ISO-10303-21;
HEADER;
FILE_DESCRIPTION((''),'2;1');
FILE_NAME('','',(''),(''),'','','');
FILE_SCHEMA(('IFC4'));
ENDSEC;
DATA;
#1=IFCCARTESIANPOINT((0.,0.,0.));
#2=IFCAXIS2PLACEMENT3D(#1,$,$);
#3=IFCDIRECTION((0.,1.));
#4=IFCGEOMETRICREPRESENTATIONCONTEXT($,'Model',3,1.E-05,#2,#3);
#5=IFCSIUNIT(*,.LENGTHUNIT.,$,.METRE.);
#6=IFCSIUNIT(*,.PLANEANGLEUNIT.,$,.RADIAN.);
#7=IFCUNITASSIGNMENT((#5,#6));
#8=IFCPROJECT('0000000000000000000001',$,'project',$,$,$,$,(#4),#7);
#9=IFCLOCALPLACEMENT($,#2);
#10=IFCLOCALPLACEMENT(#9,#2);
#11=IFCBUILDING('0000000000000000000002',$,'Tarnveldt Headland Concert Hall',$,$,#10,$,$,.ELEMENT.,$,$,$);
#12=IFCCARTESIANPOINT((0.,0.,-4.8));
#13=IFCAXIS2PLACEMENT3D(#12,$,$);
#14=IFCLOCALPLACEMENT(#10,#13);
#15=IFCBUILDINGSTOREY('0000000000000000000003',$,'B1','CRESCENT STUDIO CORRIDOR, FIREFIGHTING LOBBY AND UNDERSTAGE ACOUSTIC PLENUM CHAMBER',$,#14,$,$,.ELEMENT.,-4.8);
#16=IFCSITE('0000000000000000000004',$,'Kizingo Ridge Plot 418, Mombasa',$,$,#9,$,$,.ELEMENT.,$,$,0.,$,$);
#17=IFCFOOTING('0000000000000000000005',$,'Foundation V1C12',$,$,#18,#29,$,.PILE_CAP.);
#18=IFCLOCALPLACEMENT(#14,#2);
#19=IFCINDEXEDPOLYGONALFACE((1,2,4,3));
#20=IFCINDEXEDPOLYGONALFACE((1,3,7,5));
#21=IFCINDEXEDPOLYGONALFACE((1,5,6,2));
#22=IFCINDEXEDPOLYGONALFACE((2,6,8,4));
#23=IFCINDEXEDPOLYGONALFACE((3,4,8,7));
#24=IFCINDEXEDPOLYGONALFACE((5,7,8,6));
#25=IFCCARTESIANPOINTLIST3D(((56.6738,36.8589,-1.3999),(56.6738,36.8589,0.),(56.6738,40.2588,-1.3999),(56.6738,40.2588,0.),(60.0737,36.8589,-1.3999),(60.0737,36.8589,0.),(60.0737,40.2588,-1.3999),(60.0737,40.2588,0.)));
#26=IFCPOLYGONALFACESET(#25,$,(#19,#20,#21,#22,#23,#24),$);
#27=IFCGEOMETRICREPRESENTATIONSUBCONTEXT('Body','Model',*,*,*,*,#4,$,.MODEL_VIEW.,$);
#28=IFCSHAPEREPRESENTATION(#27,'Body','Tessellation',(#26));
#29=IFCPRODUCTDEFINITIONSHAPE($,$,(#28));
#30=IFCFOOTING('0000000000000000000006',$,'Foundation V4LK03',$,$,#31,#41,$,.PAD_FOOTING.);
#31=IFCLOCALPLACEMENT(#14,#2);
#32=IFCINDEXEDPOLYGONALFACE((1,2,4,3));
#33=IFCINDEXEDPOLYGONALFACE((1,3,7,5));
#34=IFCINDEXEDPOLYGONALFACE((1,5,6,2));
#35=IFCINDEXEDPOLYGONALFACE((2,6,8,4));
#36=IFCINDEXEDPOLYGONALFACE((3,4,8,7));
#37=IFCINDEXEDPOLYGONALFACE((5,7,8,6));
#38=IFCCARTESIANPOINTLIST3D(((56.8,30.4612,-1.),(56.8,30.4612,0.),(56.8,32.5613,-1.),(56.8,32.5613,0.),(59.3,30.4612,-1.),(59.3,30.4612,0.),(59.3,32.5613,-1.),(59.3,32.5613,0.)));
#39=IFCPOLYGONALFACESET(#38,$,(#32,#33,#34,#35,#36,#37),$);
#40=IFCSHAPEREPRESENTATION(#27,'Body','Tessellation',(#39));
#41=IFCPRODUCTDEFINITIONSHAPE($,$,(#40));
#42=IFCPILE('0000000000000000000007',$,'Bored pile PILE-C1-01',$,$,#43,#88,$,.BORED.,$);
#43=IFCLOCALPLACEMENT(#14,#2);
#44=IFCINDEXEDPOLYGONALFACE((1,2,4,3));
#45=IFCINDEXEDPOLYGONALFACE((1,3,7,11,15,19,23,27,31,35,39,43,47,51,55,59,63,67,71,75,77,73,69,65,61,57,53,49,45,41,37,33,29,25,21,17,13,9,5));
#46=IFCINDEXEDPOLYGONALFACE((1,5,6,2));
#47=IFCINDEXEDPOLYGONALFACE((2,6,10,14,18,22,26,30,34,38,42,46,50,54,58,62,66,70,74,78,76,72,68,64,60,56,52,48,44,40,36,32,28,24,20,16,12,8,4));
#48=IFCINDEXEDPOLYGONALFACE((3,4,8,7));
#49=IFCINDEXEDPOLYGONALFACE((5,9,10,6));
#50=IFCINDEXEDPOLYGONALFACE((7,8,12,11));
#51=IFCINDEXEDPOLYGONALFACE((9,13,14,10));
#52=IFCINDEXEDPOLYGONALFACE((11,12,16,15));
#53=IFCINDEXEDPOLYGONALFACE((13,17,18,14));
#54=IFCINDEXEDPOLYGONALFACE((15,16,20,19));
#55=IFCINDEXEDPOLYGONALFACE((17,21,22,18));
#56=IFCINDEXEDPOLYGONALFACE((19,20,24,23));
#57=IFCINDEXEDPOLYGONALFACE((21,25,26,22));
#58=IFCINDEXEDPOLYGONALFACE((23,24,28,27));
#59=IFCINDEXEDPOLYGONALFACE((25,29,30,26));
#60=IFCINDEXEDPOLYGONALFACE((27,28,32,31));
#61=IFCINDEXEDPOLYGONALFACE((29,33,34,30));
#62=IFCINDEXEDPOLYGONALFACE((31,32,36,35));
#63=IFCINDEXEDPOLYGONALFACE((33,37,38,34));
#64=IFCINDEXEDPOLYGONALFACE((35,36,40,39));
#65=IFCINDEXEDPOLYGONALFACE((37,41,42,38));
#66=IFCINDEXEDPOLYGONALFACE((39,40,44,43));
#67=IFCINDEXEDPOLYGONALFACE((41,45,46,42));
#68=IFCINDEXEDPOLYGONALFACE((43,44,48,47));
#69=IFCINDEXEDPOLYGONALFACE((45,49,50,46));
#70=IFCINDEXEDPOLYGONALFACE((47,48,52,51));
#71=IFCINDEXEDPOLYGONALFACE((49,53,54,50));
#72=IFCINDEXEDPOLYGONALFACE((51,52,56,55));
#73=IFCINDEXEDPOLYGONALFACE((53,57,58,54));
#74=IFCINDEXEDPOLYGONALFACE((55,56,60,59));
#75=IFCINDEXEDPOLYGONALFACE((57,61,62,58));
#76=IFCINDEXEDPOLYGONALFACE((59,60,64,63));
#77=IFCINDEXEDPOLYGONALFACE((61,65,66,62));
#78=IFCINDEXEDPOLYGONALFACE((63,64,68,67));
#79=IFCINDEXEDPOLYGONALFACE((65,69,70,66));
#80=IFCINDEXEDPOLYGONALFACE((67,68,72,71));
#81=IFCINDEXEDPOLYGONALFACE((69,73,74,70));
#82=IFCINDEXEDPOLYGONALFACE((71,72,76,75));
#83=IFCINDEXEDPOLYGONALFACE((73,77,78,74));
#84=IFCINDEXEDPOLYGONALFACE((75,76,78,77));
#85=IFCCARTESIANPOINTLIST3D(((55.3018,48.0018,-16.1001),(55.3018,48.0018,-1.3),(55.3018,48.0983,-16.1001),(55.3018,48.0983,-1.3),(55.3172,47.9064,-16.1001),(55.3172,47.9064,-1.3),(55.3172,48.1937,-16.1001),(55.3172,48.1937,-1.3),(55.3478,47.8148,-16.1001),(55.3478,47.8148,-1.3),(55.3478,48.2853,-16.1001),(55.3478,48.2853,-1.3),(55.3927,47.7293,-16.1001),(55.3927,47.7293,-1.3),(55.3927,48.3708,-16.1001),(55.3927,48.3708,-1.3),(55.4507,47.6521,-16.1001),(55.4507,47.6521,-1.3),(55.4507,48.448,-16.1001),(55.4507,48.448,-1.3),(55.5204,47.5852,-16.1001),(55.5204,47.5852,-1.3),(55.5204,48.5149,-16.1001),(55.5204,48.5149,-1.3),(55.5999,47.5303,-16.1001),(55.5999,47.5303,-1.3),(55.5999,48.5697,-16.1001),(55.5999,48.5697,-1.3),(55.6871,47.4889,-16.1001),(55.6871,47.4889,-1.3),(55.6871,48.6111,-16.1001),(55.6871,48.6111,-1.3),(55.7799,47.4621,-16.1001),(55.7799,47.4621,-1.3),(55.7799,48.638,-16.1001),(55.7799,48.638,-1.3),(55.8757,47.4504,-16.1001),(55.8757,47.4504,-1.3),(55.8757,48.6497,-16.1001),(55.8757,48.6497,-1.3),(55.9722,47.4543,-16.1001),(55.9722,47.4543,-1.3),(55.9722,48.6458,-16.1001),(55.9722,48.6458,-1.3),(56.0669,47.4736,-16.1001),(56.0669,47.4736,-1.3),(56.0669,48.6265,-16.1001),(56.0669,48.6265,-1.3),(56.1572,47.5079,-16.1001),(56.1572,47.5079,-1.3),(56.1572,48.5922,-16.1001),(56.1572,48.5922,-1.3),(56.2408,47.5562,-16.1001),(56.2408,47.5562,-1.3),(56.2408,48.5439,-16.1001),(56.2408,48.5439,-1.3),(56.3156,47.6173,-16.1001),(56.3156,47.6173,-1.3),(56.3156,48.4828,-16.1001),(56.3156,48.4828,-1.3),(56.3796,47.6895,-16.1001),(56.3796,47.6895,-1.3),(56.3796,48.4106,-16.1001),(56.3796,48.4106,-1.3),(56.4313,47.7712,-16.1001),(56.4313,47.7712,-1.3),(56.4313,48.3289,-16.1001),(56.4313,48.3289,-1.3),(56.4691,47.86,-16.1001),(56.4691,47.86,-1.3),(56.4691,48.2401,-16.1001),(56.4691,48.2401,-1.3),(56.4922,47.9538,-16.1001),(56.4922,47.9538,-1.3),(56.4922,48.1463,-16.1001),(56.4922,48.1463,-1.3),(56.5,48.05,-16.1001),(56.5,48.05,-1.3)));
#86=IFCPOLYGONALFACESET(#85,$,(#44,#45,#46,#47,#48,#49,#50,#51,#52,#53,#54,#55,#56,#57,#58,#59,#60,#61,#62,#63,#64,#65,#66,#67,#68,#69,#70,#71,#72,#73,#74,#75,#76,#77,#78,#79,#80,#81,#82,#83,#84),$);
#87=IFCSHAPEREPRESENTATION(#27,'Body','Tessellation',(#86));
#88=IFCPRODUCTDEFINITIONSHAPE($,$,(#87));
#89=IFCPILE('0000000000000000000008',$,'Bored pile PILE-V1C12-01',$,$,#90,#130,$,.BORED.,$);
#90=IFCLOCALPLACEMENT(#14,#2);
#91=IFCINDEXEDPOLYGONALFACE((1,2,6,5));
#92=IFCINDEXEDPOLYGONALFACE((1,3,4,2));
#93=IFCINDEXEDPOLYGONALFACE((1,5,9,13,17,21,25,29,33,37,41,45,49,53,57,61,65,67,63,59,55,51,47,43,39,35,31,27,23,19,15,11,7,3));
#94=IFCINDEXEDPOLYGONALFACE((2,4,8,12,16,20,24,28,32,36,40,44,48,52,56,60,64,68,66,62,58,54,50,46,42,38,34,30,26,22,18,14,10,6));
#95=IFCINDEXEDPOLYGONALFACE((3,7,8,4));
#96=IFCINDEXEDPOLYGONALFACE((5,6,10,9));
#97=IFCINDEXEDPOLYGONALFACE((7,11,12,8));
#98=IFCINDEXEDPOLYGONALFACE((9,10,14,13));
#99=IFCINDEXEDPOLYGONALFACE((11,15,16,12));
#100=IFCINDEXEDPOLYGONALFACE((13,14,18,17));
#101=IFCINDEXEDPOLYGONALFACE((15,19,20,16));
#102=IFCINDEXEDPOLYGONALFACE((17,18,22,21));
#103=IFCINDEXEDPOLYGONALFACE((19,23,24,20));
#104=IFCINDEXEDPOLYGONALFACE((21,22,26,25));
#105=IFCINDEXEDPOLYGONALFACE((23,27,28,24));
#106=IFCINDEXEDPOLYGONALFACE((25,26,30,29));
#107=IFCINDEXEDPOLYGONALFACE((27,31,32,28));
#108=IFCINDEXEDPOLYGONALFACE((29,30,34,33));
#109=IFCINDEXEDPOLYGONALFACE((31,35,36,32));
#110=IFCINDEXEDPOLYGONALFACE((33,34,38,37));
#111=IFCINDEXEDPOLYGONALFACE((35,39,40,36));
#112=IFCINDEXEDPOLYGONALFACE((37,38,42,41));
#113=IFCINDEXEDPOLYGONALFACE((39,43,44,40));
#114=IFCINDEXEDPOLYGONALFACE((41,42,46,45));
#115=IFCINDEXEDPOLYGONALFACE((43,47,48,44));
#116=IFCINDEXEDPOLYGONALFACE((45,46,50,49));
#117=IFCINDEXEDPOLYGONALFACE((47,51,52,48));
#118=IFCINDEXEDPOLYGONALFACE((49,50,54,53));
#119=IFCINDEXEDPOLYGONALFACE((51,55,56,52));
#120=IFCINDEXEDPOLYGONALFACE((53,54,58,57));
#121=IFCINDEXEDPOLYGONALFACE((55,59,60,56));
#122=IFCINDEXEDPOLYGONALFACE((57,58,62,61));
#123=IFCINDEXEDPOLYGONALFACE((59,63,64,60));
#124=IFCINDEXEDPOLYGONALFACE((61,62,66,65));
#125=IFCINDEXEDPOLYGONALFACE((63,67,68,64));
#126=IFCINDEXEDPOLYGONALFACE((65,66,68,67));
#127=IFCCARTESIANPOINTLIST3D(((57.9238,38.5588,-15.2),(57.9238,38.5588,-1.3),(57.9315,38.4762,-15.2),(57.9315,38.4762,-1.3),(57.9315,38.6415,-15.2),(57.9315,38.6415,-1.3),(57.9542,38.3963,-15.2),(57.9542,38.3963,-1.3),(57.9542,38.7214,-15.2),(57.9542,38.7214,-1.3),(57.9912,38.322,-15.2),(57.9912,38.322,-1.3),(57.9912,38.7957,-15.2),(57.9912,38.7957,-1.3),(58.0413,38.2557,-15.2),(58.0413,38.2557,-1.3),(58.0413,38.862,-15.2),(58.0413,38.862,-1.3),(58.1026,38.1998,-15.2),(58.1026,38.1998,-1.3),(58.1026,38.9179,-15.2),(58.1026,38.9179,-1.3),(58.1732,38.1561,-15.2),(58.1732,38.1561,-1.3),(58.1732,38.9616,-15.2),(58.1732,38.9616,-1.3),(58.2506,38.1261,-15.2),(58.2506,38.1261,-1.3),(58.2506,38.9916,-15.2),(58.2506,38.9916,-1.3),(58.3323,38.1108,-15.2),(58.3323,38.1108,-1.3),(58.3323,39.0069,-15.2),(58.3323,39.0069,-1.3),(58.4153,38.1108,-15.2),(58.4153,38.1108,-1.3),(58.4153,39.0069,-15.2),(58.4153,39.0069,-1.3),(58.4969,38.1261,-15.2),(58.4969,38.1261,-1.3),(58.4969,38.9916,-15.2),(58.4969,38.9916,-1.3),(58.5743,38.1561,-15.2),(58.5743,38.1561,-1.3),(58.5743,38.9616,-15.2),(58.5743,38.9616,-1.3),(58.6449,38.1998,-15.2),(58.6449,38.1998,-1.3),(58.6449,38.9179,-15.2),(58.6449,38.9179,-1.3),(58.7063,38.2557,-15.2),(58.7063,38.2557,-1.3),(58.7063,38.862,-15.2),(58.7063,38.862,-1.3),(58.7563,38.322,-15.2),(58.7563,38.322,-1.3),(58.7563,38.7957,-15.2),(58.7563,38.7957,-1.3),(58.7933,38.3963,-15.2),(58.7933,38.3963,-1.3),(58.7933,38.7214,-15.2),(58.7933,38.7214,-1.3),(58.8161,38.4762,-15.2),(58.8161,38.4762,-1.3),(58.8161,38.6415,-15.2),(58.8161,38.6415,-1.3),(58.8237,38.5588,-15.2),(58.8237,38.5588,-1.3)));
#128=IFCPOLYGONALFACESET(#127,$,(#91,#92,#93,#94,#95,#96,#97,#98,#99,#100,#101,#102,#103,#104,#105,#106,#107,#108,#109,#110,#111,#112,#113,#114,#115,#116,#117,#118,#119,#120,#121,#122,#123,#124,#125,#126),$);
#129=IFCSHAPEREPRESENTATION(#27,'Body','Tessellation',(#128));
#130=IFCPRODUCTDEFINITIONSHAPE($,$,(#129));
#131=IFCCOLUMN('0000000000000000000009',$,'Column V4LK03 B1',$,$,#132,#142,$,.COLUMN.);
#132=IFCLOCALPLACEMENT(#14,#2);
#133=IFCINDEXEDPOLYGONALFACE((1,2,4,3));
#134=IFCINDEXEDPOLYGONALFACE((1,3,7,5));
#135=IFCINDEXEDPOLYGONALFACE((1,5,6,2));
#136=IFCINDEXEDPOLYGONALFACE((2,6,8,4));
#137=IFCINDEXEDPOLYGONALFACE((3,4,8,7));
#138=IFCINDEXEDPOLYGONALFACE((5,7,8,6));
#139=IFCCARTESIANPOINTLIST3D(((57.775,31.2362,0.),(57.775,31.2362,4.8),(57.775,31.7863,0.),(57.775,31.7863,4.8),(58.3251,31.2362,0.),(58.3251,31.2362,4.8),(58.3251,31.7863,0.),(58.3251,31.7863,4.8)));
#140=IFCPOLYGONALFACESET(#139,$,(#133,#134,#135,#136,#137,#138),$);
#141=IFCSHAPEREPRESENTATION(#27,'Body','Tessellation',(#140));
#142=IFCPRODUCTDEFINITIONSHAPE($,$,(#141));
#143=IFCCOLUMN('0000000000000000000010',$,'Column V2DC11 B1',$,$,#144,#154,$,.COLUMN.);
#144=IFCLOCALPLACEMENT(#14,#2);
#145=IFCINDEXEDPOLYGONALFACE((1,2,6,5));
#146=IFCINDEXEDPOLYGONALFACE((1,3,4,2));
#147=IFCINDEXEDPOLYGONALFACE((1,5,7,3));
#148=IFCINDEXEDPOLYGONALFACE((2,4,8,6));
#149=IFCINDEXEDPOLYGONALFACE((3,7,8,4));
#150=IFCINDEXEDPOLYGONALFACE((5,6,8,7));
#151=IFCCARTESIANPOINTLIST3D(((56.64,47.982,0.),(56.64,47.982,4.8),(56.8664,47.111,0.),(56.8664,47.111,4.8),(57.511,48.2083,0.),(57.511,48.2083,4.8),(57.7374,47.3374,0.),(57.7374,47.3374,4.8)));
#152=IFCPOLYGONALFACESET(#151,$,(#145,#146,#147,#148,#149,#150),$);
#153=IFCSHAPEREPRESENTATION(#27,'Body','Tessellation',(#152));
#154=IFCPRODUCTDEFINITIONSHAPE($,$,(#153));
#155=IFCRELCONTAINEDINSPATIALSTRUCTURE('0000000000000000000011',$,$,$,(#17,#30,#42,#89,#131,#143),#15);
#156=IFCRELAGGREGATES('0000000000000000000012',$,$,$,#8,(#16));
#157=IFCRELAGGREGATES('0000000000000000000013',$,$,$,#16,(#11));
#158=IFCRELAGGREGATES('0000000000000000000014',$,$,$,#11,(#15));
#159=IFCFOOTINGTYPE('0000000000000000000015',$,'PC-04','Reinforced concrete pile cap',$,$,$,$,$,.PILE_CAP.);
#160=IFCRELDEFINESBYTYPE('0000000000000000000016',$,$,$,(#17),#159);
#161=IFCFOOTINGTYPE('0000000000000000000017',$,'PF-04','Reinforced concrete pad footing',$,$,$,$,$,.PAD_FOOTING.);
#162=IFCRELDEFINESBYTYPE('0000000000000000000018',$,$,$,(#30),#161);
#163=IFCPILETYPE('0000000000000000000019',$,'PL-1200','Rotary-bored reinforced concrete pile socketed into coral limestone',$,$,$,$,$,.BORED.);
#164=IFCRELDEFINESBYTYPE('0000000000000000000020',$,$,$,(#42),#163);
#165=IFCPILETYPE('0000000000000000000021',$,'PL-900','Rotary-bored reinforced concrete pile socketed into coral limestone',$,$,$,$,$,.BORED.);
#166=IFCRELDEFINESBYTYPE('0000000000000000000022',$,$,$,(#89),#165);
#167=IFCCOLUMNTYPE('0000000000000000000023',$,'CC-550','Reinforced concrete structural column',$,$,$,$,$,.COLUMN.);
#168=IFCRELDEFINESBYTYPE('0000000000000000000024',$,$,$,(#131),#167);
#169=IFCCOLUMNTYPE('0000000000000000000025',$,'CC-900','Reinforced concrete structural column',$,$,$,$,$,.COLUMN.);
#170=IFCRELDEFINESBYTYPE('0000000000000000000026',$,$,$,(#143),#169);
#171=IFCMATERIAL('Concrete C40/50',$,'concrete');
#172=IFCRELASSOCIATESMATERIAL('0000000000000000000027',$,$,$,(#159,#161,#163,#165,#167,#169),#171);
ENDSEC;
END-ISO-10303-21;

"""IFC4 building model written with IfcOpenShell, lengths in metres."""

from ifc_helpers import new_model, si_unit, direction, frame, origin, origin_2d, place, context, subcontext, project, spatial, rectangle, circle, extrude, material, material_profile, profile_set, type_object, element, save


model = new_model("IFC4")

# Units and contexts
model_context = context("Model", 3, precision=1e-05, world=origin(), true_north=direction((0.0, 1.0)))
body_context = subcontext(model_context, "Body", "Model", "MODEL_VIEW")
ifc_project = project(units=[si_unit("LENGTHUNIT", "METRE"), si_unit("PLANEANGLEUNIT", "RADIAN")], contexts=[model_context])

# Site, building, storey
site_placement = place(None, origin())
site = spatial("IfcSite", under=ifc_project, at=site_placement, Name="Kizingo Ridge Plot 418, Mombasa", CompositionType="ELEMENT", RefElevation=0.0)
building_placement = place(site_placement, origin())
building = spatial("IfcBuilding", under=site, at=building_placement, Name="Tarnveldt Headland Concert Hall", CompositionType="ELEMENT")
storey_placement = place(building_placement, frame((0.0, 0.0, -4.8)))
storey = spatial("IfcBuildingStorey", under=building, at=storey_placement, Name="B1", Description="CRESCENT STUDIO CORRIDOR, FIREFIGHTING LOBBY AND UNDERSTAGE ACOUSTIC PLENUM CHAMBER", CompositionType="ELEMENT", Elevation=-4.8)

# Footings
ifc_material_1 = material(Name="Concrete C40/50", Category="concrete")
footing_type_1 = type_object("IfcFootingType", Name="PC-04", Description="Reinforced concrete pile cap", PredefinedType="PILE_CAP", material=ifc_material_1)
footing_1_placement = place(storey_placement, frame((58.3738, 38.5588, -1.3999), z_axis=(0.0, 0.0, 1.0), x_axis=(1.0, 0.0, 0.0)))
element("IfcFooting", 1, at=footing_1_placement, inside=storey, type_object=footing_type_1, Name="Foundation V1C12", PredefinedType="PILE_CAP", context=body_context, shape_type="SweptSolid", body=[
    extrude(rectangle(XDim=3.3999, YDim=3.3999, at=origin_2d()), origin(), (0.0, 0.0, 1.0), 1.3999),
])
footing_type_2 = type_object("IfcFootingType", Name="PF-04", Description="Reinforced concrete pad footing", PredefinedType="PAD_FOOTING", material=ifc_material_1)
footing_2_placement = place(storey_placement, frame((58.05, 31.5112, -1.0), z_axis=(0.0, 0.0, 1.0), x_axis=(1.0, 0.0, 0.0)))
element("IfcFooting", 2, at=footing_2_placement, inside=storey, type_object=footing_type_2, Name="Foundation V4LK03", PredefinedType="PAD_FOOTING", context=body_context, shape_type="SweptSolid", body=[
    extrude(rectangle(XDim=2.5, YDim=2.1001, at=origin_2d()), origin(), (0.0, 0.0, 1.0), 1.0),
])

# Piles
ifc_material_profile_1 = material_profile(ifc_material_1, circle(Radius=0.6001, at=origin_2d()), Name="BORED PILE D1200", Category="concrete")
ifc_profile_set_1 = profile_set([ifc_material_profile_1], Name="Concrete C40/50")
pile_type_1 = type_object("IfcPileType", Name="PL-1200", Description="Rotary-bored reinforced concrete pile socketed into coral limestone", PredefinedType="BORED", material=ifc_profile_set_1)
pile_1_placement = place(storey_placement, frame((55.8999, 48.05, -1.3), z_axis=(0.0, 0.0, -1.0), x_axis=(1.0, 0.0, 0.0)))
element("IfcPile", 3, at=pile_1_placement, inside=storey, type_object=pile_type_1, Name="Bored pile PILE-C1-01", PredefinedType="BORED", context=body_context, shape_type="SweptSolid", body=[
    extrude(circle(Radius=0.6001, at=origin_2d()), origin(), (0.0, 0.0, 1.0), 14.8),
])
ifc_material_profile_2 = material_profile(ifc_material_1, circle(Radius=0.45, at=origin_2d()), Name="BORED PILE D900", Category="concrete")
ifc_profile_set_2 = profile_set([ifc_material_profile_2], Name="Concrete C40/50")
pile_type_2 = type_object("IfcPileType", Name="PL-900", Description="Rotary-bored reinforced concrete pile socketed into coral limestone", PredefinedType="BORED", material=ifc_profile_set_2)
pile_2_placement = place(storey_placement, frame((58.3738, 38.5588, -1.3), z_axis=(0.0, 0.0, -1.0), x_axis=(1.0, 0.0, 0.0)))
element("IfcPile", 4, at=pile_2_placement, inside=storey, type_object=pile_type_2, Name="Bored pile PILE-V1C12-01", PredefinedType="BORED", context=body_context, shape_type="SweptSolid", body=[
    extrude(circle(Radius=0.45, at=origin_2d()), origin(), (0.0, 0.0, 1.0), 13.8999),
])

# Columns
ifc_material_profile_3 = material_profile(ifc_material_1, rectangle(XDim=0.55, YDim=0.55, at=origin_2d()), Name="RC 550x550", Category="concrete")
ifc_profile_set_3 = profile_set([ifc_material_profile_3], Name="Concrete C40/50")
column_type_1 = type_object("IfcColumnType", Name="CC-550", Description="Reinforced concrete structural column", PredefinedType="COLUMN", material=ifc_profile_set_3)
column_1_placement = place(storey_placement, frame((58.05, 31.5112, 0.0), z_axis=(0.0, 0.0, 1.0), x_axis=(1.0, 0.0, 0.0)))
element("IfcColumn", 5, at=column_1_placement, inside=storey, type_object=column_type_1, Name="Column V4LK03 B1", PredefinedType="COLUMN", context=body_context, shape_type="SweptSolid", body=[
    extrude(rectangle(XDim=0.55, YDim=0.55, at=origin_2d()), origin(), (0.0, 0.0, 1.0), 4.8),
])
ifc_material_profile_4 = material_profile(ifc_material_1, rectangle(XDim=0.8999, YDim=0.8999, at=origin_2d()), Name="RC 900x900", Category="concrete")
ifc_profile_set_4 = profile_set([ifc_material_profile_4], Name="Concrete C40/50")
column_type_2 = type_object("IfcColumnType", Name="CC-900", Description="Reinforced concrete structural column", PredefinedType="COLUMN", material=ifc_profile_set_4)
column_2_placement = place(storey_placement, frame((57.1887, 47.6597, 0.0), z_axis=(0.0, 0.0, 1.0), x_axis=(-0.967841, -0.251563, 0.0)))
element("IfcColumn", 6, at=column_2_placement, inside=storey, type_object=column_type_2, Name="Column V2DC11 B1", PredefinedType="COLUMN", context=body_context, shape_type="SweptSolid", body=[
    extrude(rectangle(XDim=0.8999, YDim=0.8999, at=origin_2d()), origin(), (0.0, 0.0, 1.0), 4.8),
])

save(model, "model.ifc")
